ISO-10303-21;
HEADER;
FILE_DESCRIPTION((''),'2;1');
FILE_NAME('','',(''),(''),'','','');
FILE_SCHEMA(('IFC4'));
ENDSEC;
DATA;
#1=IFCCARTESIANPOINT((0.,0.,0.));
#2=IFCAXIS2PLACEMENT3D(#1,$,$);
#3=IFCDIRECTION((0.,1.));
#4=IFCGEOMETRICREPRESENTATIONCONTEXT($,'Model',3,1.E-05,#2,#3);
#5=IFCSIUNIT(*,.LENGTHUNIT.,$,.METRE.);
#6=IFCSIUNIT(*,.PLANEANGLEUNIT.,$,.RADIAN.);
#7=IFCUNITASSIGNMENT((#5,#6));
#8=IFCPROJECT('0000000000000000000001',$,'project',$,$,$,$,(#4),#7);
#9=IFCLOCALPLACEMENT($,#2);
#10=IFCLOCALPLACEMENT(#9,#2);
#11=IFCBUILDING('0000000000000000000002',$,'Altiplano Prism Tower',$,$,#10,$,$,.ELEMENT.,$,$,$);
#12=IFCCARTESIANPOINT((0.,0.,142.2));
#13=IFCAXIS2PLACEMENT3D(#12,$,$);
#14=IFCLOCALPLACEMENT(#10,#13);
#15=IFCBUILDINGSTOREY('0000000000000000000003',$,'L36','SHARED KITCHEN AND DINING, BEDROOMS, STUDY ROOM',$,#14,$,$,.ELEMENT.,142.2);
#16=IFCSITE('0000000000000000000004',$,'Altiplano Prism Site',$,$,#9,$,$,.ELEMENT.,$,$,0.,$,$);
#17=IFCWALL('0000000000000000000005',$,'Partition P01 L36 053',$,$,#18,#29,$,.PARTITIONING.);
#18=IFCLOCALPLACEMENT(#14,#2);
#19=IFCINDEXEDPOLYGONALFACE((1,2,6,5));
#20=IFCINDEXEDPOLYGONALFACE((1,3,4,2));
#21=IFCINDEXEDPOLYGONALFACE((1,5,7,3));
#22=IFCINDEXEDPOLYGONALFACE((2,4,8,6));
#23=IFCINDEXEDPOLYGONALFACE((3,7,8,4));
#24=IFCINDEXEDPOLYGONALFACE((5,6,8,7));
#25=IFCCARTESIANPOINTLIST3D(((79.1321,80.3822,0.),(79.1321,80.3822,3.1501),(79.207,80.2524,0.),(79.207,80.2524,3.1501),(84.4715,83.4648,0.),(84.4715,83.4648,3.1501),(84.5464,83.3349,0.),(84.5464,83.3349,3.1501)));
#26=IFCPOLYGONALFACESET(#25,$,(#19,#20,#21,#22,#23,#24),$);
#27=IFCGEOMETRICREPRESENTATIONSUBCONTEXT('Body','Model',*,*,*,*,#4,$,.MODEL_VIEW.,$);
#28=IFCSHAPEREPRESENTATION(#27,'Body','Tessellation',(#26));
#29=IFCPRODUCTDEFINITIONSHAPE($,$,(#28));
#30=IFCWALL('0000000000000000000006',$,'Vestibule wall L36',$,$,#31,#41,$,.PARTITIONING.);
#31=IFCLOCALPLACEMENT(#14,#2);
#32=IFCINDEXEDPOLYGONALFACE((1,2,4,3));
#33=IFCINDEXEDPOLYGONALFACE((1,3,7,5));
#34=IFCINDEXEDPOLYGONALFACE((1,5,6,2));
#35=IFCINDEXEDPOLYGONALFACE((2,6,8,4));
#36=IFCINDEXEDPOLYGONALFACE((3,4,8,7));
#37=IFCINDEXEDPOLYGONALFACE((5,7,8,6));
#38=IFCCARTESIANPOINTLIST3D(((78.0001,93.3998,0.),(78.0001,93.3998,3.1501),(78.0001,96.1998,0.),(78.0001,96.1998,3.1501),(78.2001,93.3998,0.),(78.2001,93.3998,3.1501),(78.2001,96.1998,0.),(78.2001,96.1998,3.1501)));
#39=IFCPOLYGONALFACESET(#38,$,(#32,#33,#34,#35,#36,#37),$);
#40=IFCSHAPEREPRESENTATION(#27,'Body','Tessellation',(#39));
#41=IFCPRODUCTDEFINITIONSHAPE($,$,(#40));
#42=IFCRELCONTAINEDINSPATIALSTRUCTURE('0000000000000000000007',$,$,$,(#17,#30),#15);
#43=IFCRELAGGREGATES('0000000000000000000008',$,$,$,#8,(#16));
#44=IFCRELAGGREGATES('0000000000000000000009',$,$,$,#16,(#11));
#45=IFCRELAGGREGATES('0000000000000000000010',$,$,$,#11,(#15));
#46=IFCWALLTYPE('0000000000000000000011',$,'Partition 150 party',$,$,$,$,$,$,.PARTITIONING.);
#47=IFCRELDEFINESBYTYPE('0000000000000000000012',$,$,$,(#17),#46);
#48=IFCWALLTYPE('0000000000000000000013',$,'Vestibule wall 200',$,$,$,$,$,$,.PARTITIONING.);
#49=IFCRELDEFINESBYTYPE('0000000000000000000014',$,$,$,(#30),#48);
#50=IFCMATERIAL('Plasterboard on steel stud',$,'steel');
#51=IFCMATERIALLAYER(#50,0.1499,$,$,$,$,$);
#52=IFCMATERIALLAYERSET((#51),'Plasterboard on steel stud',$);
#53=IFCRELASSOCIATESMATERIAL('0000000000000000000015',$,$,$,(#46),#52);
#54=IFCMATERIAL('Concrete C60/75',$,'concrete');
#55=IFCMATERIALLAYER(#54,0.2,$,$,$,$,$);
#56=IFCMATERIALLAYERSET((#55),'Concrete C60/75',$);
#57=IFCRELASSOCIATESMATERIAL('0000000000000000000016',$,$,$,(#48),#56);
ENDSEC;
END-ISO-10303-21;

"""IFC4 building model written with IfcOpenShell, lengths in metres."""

from ifc_helpers import new_model, si_unit, direction, frame, frame_2d, origin, place, context, subcontext, project, spatial, rectangle, extrude, material, layer, layer_set, type_object, element, save


model = new_model("IFC4")

# Units and contexts
model_context = context("Model", 3, precision=1e-05, world=origin(), true_north=direction((0.0, 1.0)))
body_context = subcontext(model_context, "Body", "Model", "MODEL_VIEW")
ifc_project = project(units=[si_unit("LENGTHUNIT", "METRE"), si_unit("PLANEANGLEUNIT", "RADIAN")], contexts=[model_context])

# Site, building, storey
site_placement = place(None, origin())
site = spatial("IfcSite", under=ifc_project, at=site_placement, Name="Altiplano Prism Site", CompositionType="ELEMENT", RefElevation=0.0)
building_placement = place(site_placement, origin())
building = spatial("IfcBuilding", under=site, at=building_placement, Name="Altiplano Prism Tower", CompositionType="ELEMENT")
storey_placement = place(building_placement, frame((0.0, 0.0, 142.2)))
storey = spatial("IfcBuildingStorey", under=building, at=storey_placement, Name="L36", Description="SHARED KITCHEN AND DINING, BEDROOMS, STUDY ROOM", CompositionType="ELEMENT", Elevation=142.2)

# Shared definitions
ifc_material_1 = material(Name="Concrete C60/75", Category="concrete")

# Shared definitions
ifc_material_2 = material(Name="Plasterboard on steel stud", Category="steel")

# Walls
ifc_layer_1 = layer(ifc_material_2, 0.1499)
ifc_layer_set_1 = layer_set([ifc_layer_1], Name="Plasterboard on steel stud")
wall_type_1 = type_object("IfcWallType", Name="Partition 150 party", PredefinedType="PARTITIONING", material=ifc_layer_set_1)
wall_1_placement = place(storey_placement, frame((79.1697, 80.3174, 0.0), z_axis=(0.0, 0.0, 1.0), x_axis=(0.866037, 0.499981, 0.0)))
element("IfcWall", 1, at=wall_1_placement, inside=storey, type_object=wall_type_1, Name="Partition P01 L36 053", PredefinedType="PARTITIONING", context=body_context, shape_type="SweptSolid", body=[
    extrude(rectangle(XDim=6.1653, YDim=0.1499, at=frame_2d((3.0825, 0.0))), origin(), (0.0, 0.0, 1.0), 3.1501),
])
ifc_layer_2 = layer(ifc_material_1, 0.2)
ifc_layer_set_2 = layer_set([ifc_layer_2], Name="Concrete C60/75")
wall_type_2 = type_object("IfcWallType", Name="Vestibule wall 200", PredefinedType="PARTITIONING", material=ifc_layer_set_2)
wall_2_placement = place(storey_placement, frame((78.1001, 93.3999, 0.0), z_axis=(0.0, 0.0, 1.0), x_axis=(0.0, 1.0, 0.0)))
element("IfcWall", 2, at=wall_2_placement, inside=storey, type_object=wall_type_2, Name="Vestibule wall L36", PredefinedType="PARTITIONING", context=body_context, shape_type="SweptSolid", body=[
    extrude(rectangle(XDim=2.8, YDim=0.2, at=frame_2d((1.3999, 0.0))), origin(), (0.0, 0.0, 1.0), 3.1501),
])

save(model, "model.ifc")
